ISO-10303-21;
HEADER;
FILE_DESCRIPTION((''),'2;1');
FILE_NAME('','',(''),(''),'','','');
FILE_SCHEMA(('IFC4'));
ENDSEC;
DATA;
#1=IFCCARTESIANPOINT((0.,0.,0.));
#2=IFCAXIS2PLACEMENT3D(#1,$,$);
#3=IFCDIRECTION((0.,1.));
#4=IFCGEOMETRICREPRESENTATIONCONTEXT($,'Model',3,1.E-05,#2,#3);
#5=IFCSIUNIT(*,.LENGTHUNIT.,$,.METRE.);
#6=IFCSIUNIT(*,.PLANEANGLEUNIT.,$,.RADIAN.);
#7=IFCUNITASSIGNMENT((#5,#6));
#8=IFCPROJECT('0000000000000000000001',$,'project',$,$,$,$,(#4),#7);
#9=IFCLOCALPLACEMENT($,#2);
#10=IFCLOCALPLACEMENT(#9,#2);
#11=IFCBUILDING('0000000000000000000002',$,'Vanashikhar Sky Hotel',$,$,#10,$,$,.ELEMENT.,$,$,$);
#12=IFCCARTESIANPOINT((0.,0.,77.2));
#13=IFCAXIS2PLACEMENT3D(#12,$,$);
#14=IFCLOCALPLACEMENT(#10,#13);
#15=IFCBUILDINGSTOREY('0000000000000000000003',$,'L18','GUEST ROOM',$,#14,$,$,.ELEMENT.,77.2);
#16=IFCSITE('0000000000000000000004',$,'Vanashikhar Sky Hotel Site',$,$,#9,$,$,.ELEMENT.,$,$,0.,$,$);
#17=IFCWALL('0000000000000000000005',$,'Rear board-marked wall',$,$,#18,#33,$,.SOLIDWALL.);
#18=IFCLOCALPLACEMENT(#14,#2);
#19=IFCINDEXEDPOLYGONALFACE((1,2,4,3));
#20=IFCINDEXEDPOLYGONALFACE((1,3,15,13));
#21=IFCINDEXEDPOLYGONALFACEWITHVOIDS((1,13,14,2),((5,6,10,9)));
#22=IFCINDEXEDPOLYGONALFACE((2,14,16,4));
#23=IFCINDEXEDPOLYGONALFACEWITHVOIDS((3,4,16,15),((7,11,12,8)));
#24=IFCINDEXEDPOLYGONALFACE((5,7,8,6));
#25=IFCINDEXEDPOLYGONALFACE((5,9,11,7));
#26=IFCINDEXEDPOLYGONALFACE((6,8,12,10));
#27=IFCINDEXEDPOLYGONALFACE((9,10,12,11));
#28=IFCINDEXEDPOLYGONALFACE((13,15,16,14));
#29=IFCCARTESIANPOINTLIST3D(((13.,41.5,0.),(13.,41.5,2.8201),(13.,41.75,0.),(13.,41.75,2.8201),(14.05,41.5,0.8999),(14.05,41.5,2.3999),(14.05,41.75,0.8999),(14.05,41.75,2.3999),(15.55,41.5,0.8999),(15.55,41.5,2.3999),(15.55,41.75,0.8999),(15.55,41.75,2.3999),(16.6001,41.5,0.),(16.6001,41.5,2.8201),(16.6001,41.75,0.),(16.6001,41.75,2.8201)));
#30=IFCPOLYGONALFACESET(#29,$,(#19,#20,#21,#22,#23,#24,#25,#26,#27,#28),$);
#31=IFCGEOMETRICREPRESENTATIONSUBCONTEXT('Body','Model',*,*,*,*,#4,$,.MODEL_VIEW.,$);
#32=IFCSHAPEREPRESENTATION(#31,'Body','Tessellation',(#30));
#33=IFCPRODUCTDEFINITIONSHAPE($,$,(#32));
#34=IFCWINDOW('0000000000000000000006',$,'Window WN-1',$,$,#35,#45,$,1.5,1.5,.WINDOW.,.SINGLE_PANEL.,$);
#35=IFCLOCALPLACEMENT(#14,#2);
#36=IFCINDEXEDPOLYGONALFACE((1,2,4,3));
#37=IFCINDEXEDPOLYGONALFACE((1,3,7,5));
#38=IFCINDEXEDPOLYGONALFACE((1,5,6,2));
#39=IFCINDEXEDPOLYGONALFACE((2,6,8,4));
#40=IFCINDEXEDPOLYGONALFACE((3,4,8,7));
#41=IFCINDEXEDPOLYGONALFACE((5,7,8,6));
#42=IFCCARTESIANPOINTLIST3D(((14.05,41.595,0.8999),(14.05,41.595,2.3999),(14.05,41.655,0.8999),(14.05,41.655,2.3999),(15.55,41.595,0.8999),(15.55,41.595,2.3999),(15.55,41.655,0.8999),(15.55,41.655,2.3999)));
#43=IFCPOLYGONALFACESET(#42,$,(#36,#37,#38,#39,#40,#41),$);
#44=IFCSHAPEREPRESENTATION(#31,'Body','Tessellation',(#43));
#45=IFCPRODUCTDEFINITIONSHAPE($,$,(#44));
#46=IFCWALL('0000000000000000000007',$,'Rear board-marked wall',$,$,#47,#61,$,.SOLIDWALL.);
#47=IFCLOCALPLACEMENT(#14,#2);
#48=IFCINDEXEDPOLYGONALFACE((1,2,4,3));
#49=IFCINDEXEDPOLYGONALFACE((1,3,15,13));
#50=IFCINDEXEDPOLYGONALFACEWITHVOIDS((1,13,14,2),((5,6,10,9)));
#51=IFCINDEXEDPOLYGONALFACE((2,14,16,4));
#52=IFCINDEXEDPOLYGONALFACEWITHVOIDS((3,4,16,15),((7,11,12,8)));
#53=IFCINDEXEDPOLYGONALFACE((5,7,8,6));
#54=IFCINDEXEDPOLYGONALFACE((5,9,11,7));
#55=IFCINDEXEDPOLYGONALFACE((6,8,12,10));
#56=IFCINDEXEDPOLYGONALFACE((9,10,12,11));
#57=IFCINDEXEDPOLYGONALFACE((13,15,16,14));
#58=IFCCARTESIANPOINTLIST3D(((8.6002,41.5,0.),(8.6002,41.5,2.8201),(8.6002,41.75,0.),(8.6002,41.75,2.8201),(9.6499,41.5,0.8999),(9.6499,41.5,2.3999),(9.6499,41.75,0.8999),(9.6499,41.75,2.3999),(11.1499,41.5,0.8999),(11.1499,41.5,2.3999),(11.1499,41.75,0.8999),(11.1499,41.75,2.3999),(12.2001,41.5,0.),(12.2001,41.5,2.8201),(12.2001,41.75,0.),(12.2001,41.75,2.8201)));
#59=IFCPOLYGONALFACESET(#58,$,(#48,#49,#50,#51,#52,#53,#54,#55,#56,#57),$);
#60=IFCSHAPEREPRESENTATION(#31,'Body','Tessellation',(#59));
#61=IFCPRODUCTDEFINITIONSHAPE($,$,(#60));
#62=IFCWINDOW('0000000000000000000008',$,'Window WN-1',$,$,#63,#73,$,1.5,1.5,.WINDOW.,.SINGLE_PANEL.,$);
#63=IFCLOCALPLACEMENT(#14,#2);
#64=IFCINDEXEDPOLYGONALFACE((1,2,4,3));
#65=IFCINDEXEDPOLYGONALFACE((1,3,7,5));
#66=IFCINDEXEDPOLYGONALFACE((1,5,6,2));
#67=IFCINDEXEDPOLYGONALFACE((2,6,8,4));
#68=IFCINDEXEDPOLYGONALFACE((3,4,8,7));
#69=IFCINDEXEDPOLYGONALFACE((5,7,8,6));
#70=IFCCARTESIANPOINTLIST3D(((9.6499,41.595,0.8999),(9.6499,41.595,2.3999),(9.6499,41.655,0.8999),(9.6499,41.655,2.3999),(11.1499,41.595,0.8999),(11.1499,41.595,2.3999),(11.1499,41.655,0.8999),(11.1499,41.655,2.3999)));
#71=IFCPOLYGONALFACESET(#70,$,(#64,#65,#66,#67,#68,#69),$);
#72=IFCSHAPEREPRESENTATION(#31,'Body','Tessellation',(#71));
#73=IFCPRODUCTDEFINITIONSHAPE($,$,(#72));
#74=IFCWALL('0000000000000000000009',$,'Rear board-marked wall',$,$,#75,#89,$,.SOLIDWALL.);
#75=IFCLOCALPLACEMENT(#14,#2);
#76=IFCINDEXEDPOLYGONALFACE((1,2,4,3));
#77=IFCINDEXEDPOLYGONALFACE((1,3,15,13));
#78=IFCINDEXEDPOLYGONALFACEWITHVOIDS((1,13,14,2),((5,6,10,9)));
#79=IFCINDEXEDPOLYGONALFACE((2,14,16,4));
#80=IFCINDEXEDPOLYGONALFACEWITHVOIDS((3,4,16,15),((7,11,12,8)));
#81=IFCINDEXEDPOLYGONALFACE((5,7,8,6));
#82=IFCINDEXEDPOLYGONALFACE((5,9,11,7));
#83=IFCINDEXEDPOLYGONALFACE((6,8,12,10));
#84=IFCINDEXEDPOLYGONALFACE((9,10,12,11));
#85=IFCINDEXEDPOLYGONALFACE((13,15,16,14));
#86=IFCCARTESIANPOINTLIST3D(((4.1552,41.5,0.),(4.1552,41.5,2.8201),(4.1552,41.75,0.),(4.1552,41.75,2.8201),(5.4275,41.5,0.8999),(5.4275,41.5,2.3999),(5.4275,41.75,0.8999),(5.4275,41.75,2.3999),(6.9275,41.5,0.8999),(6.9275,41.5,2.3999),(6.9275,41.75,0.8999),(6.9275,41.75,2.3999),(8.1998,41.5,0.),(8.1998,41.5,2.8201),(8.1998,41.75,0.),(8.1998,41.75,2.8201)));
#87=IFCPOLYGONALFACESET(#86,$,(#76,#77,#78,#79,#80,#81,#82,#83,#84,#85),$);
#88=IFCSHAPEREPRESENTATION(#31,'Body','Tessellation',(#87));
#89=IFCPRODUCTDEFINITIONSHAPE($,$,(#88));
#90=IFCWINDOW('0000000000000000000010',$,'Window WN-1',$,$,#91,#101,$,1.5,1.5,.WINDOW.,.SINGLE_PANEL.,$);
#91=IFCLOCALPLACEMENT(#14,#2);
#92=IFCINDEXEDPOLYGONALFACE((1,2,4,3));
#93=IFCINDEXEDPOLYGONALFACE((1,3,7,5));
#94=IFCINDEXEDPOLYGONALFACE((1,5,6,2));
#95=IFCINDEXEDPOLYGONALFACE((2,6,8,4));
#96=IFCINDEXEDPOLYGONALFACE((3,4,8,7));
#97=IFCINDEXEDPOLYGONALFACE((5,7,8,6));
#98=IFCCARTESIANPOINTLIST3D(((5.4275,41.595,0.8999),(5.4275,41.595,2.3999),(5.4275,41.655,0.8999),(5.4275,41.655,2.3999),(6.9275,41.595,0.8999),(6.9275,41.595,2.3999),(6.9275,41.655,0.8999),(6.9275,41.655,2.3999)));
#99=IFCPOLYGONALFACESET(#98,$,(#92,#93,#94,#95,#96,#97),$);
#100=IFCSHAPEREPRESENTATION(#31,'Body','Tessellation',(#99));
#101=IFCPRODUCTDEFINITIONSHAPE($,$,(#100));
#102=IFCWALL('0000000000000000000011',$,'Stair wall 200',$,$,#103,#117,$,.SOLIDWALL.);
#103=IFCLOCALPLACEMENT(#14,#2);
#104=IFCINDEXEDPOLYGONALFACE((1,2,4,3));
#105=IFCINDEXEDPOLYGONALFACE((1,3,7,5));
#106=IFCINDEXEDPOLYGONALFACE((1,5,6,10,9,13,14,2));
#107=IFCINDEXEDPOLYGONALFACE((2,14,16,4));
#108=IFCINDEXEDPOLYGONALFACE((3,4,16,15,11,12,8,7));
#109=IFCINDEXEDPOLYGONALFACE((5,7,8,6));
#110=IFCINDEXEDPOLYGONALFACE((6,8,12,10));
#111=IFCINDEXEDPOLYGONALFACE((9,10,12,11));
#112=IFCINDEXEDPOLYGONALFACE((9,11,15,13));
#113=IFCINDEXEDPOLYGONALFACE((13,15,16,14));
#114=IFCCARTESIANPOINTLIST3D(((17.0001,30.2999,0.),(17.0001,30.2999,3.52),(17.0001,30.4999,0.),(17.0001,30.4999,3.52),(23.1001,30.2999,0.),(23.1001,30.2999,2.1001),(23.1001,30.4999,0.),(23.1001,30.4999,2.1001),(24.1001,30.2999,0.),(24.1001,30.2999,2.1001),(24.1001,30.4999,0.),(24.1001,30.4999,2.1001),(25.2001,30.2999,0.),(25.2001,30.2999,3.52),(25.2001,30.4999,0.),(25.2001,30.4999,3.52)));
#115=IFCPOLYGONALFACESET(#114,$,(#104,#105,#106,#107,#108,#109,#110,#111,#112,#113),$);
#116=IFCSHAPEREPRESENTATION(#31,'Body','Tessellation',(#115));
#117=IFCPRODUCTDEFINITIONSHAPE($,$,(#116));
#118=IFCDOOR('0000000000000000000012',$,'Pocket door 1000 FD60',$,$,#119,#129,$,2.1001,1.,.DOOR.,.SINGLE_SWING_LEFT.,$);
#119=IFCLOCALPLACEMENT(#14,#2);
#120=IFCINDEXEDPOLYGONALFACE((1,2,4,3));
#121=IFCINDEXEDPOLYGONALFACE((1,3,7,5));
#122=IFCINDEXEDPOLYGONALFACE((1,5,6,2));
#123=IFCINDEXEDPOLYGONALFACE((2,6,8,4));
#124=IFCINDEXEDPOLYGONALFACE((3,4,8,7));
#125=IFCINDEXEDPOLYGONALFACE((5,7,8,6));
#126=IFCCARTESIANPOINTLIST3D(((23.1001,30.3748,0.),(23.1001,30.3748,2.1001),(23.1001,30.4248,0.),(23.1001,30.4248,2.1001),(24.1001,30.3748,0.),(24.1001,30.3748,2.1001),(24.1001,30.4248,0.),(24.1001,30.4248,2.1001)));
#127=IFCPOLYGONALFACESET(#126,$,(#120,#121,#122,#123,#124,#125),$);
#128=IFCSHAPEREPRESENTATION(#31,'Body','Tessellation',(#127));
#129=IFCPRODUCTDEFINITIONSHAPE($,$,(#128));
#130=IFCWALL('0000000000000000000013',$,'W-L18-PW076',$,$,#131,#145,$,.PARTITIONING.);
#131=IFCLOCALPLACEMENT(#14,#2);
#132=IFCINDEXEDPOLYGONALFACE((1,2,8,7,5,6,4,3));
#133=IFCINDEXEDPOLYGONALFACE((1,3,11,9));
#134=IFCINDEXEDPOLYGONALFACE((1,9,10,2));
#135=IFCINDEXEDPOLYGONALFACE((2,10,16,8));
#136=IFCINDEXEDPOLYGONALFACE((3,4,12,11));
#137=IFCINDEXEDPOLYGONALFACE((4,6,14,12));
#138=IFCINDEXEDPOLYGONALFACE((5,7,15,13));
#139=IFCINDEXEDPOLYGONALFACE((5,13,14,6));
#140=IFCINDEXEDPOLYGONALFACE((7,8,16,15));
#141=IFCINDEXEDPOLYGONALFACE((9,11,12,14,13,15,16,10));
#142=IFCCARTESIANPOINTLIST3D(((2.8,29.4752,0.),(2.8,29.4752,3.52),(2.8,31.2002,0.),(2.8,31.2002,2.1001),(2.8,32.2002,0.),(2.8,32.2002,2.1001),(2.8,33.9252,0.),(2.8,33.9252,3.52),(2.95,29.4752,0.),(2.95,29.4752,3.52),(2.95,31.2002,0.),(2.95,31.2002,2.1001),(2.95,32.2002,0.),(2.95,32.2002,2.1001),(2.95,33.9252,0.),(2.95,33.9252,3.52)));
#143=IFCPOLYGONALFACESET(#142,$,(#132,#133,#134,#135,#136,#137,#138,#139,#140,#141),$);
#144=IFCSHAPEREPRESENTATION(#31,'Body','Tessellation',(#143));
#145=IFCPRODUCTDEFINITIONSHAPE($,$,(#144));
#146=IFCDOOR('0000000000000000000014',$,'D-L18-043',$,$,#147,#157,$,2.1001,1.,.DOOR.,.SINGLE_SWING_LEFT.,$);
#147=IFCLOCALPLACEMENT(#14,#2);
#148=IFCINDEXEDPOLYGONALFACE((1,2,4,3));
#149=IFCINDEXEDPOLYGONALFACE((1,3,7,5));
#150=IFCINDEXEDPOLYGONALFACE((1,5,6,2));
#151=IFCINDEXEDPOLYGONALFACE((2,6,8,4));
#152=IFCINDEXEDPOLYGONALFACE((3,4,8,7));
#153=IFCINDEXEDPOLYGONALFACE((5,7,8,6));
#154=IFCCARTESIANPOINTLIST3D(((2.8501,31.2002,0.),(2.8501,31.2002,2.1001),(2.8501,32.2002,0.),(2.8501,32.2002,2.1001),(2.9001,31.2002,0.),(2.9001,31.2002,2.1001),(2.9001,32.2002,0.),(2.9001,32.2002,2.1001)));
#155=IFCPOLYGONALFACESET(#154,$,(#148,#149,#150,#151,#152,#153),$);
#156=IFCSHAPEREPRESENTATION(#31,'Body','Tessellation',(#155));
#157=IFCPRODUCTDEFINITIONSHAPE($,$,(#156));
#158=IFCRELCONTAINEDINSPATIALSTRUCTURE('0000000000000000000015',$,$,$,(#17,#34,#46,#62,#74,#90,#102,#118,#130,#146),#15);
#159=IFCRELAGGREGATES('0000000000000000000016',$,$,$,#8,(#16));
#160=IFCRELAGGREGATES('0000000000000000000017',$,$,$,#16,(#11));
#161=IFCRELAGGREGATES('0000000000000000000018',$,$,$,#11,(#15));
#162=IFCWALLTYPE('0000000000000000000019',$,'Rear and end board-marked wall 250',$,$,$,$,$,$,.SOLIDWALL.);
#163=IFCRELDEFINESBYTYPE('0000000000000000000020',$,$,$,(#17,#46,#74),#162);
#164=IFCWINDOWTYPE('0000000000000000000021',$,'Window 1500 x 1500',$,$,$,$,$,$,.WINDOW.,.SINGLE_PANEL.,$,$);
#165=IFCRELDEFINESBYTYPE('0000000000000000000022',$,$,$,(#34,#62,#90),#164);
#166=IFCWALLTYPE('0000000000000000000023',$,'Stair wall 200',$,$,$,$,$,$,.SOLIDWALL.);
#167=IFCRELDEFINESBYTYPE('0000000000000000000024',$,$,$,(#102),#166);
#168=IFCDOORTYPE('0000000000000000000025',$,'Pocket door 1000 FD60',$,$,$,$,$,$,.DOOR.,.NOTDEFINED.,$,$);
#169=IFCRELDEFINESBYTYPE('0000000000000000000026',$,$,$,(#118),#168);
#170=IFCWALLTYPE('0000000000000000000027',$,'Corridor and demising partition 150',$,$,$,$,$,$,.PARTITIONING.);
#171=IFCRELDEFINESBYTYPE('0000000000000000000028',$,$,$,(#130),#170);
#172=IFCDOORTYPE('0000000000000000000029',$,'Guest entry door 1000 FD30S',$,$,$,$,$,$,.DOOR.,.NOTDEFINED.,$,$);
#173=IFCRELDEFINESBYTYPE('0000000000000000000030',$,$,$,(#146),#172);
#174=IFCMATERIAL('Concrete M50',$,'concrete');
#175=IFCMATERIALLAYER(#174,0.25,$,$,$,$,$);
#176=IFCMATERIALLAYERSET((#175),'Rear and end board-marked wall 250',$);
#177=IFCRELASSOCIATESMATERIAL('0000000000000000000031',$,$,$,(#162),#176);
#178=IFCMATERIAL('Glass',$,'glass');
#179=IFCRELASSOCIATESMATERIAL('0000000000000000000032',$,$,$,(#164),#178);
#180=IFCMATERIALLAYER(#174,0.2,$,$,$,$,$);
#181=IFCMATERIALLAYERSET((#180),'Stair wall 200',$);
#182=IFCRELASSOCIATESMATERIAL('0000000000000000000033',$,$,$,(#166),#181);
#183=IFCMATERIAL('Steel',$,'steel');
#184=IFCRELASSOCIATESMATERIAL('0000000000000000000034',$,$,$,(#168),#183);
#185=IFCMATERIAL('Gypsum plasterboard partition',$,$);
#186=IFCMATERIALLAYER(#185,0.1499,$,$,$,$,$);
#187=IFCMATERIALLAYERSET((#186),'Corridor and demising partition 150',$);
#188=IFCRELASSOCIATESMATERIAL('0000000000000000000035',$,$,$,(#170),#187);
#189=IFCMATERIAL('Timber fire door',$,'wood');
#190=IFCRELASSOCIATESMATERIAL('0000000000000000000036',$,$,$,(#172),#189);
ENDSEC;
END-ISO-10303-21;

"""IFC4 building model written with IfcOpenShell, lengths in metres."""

from ifc_helpers import new_model, si_unit, direction, frame, frame_2d, origin, place, context, subcontext, project, spatial, rectangle, extrude, source, transform, mapped, material, layer, layer_set, type_object, element, fill, save


model = new_model("IFC4")

# Units and contexts
model_context = context("Model", 3, precision=1e-05, world=origin(), true_north=direction((0.0, 1.0)))
body_context = subcontext(model_context, "Body", "Model", "MODEL_VIEW")
ifc_project = project(units=[si_unit("LENGTHUNIT", "METRE"), si_unit("PLANEANGLEUNIT", "RADIAN")], contexts=[model_context])

# Site, building, storey
site_placement = place(None, origin())
site = spatial("IfcSite", under=ifc_project, at=site_placement, Name="Vanashikhar Sky Hotel Site", CompositionType="ELEMENT", RefElevation=0.0)
building_placement = place(site_placement, origin())
building = spatial("IfcBuilding", under=site, at=building_placement, Name="Vanashikhar Sky Hotel", CompositionType="ELEMENT")
storey_placement = place(building_placement, frame((0.0, 0.0, 77.2)))
storey = spatial("IfcBuildingStorey", under=building, at=storey_placement, Name="L18", Description="GUEST ROOM", CompositionType="ELEMENT", Elevation=77.2)

# Shared definitions
ifc_material_1 = material(Name="Concrete M50", Category="concrete")

# Shared definitions
ifc_material_2 = material(Name="Glass", Category="glass")

# Shared definitions
ifc_layer_1 = layer(ifc_material_1, 0.25)
ifc_layer_set_1 = layer_set([ifc_layer_1], Name="Rear and end board-marked wall 250")
wall_type_1 = type_object("IfcWallType", Name="Rear and end board-marked wall 250", PredefinedType="SOLIDWALL", material=ifc_layer_set_1)

# Walls, openings, windows
shared_shape_1 = source(origin(), body_context, "Body", "SweptSolid", [
    extrude(rectangle(XDim=3.6001, YDim=0.25, at=frame_2d((1.8, 0.0))), origin(), (0.0, 0.0, 1.0), 2.8201),
])
wall_1_placement = place(storey_placement, frame((16.6001, 41.625, 0.0), z_axis=(0.0, 0.0, 1.0), x_axis=(-1.0, 0.0, 0.0)))
wall_1 = element("IfcWall", 1, at=wall_1_placement, inside=storey, type_object=wall_type_1, Name="Rear board-marked wall", PredefinedType="SOLIDWALL", context=body_context, shape_type="MappedRepresentation", body=[
    mapped(shared_shape_1, transform((0.0, 0.0, 0.0), scale=1.0)),
])
shared_shape_2 = source(origin(), body_context, "Body", "SweptSolid", [
    extrude(rectangle(XDim=1.5, YDim=1.5, at=frame_2d((0.75, 0.75))), frame((0.0, 0.135, 0.0), z_axis=(0.0, -1.0, 0.0), x_axis=(1.0, 0.0, 0.0)), (0.0, 0.0, 1.0), 0.27),
])
opening_1_placement = place(wall_1_placement, frame((1.05, 0.0, 0.8999)))
opening_1 = element("IfcOpeningElement", 2, at=opening_1_placement, cuts=wall_1, PredefinedType="OPENING", context=body_context, shape_type="MappedRepresentation", body=[
    mapped(shared_shape_2, transform((0.0, 0.0, 0.0), scale=1.0)),
])
window_type_1 = type_object("IfcWindowType", Name="Window 1500 x 1500", PartitioningType="SINGLE_PANEL", PredefinedType="WINDOW", material=ifc_material_2)
shared_shape_3 = source(origin(), body_context, "Body", "SweptSolid", [
    extrude(rectangle(XDim=1.5, YDim=1.5, at=frame_2d((0.75, 0.75))), frame((0.0, 0.03, 0.0), z_axis=(0.0, -1.0, 0.0), x_axis=(1.0, 0.0, 0.0)), (0.0, 0.0, 1.0), 0.0601),
])
window_1_placement = place(opening_1_placement, origin())
window_1 = element("IfcWindow", 3, at=window_1_placement, inside=storey, type_object=window_type_1, Name="Window WN-1", OverallHeight=1.5, OverallWidth=1.5, PartitioningType="SINGLE_PANEL", PredefinedType="WINDOW", context=body_context, shape_type="MappedRepresentation", body=[
    mapped(shared_shape_3, transform((0.0, 0.0, 0.0), scale=1.0)),
])
fill(opening_1, window_1)
shared_shape_4 = source(origin(), body_context, "Body", "SweptSolid", [
    extrude(rectangle(XDim=3.5999, YDim=0.25, at=frame_2d((1.7998, 0.0))), origin(), (0.0, 0.0, 1.0), 2.8201),
])
wall_2_placement = place(storey_placement, frame((12.2, 41.625, 0.0), z_axis=(0.0, 0.0, 1.0), x_axis=(-1.0, 0.0, 0.0)))
wall_2 = element("IfcWall", 4, at=wall_2_placement, inside=storey, type_object=wall_type_1, Name="Rear board-marked wall", PredefinedType="SOLIDWALL", context=body_context, shape_type="MappedRepresentation", body=[
    mapped(shared_shape_4, transform((0.0, 0.0, 0.0), scale=1.0)),
])
opening_2_placement = place(wall_2_placement, frame((1.05, 0.0, 0.8999)))
opening_2 = element("IfcOpeningElement", 5, at=opening_2_placement, cuts=wall_2, PredefinedType="OPENING", context=body_context, shape_type="MappedRepresentation", body=[
    mapped(shared_shape_2, transform((0.0, 0.0, 0.0), scale=1.0)),
])
window_2_placement = place(opening_2_placement, origin())
window_2 = element("IfcWindow", 6, at=window_2_placement, inside=storey, type_object=window_type_1, Name="Window WN-1", OverallHeight=1.5, OverallWidth=1.5, PartitioningType="SINGLE_PANEL", PredefinedType="WINDOW", context=body_context, shape_type="MappedRepresentation", body=[
    mapped(shared_shape_3, transform((0.0, 0.0, 0.0), scale=1.0)),
])
fill(opening_2, window_2)
shared_shape_5 = source(origin(), body_context, "Body", "SweptSolid", [
    extrude(rectangle(XDim=4.0447, YDim=0.25, at=frame_2d((2.0225, 0.0))), origin(), (0.0, 0.0, 1.0), 2.8201),
])
wall_3_placement = place(storey_placement, frame((8.2, 41.625, 0.0), z_axis=(0.0, 0.0, 1.0), x_axis=(-1.0, 0.0, 0.0)))
wall_3 = element("IfcWall", 7, at=wall_3_placement, inside=storey, type_object=wall_type_1, Name="Rear board-marked wall", PredefinedType="SOLIDWALL", context=body_context, shape_type="MappedRepresentation", body=[
    mapped(shared_shape_5, transform((0.0, 0.0, 0.0), scale=1.0)),
])
opening_3_placement = place(wall_3_placement, frame((1.2725, 0.0, 0.8999)))
opening_3 = element("IfcOpeningElement", 8, at=opening_3_placement, cuts=wall_3, PredefinedType="OPENING", context=body_context, shape_type="MappedRepresentation", body=[
    mapped(shared_shape_2, transform((0.0, 0.0, 0.0), scale=1.0)),
])
window_3_placement = place(opening_3_placement, origin())
window_3 = element("IfcWindow", 9, at=window_3_placement, inside=storey, type_object=window_type_1, Name="Window WN-1", OverallHeight=1.5, OverallWidth=1.5, PartitioningType="SINGLE_PANEL", PredefinedType="WINDOW", context=body_context, shape_type="MappedRepresentation", body=[
    mapped(shared_shape_3, transform((0.0, 0.0, 0.0), scale=1.0)),
])
fill(opening_3, window_3)

# Walls, openings, doors
ifc_layer_2 = layer(ifc_material_1, 0.2)
ifc_layer_set_2 = layer_set([ifc_layer_2], Name="Stair wall 200")
wall_type_2 = type_object("IfcWallType", Name="Stair wall 200", PredefinedType="SOLIDWALL", material=ifc_layer_set_2)
shared_shape_6 = source(origin(), body_context, "Body", "SweptSolid", [
    extrude(rectangle(XDim=8.2, YDim=0.2, at=frame_2d((4.1001, 0.0))), origin(), (0.0, 0.0, 1.0), 3.52),
])
wall_4_placement = place(storey_placement, frame((17.0, 30.3999, 0.0), z_axis=(0.0, 0.0, 1.0), x_axis=(1.0, 0.0, 0.0)))
wall_4 = element("IfcWall", 10, at=wall_4_placement, inside=storey, type_object=wall_type_2, Name="Stair wall 200", PredefinedType="SOLIDWALL", context=body_context, shape_type="MappedRepresentation", body=[
    mapped(shared_shape_6, transform((0.0, 0.0, 0.0), scale=1.0)),
])
shared_shape_7 = source(origin(), body_context, "Body", "SweptSolid", [
    extrude(rectangle(XDim=1.0, YDim=2.1001, at=frame_2d((0.5, 1.05))), frame((0.0, 0.1099, 0.0), z_axis=(0.0, -1.0, 0.0), x_axis=(1.0, 0.0, 0.0)), (0.0, 0.0, 1.0), 0.22),
])
opening_4_placement = place(wall_4_placement, frame((6.1001, 0.0, 0.0)))
opening_4 = element("IfcOpeningElement", 11, at=opening_4_placement, cuts=wall_4, PredefinedType="OPENING", context=body_context, shape_type="MappedRepresentation", body=[
    mapped(shared_shape_7, transform((0.0, 0.0, 0.0), scale=1.0)),
])
ifc_material_3 = material(Name="Steel", Category="steel")
door_type_1 = type_object("IfcDoorType", Name="Pocket door 1000 FD60", OperationType="NOTDEFINED", PredefinedType="DOOR", material=ifc_material_3)
shared_shape_8 = source(origin(), body_context, "Body", "SweptSolid", [
    extrude(rectangle(XDim=1.0, YDim=2.1001, at=frame_2d((0.5, 1.05))), frame((0.0, 0.0249, 0.0), z_axis=(0.0, -1.0, 0.0), x_axis=(1.0, 0.0, 0.0)), (0.0, 0.0, 1.0), 0.05),
])
door_1_placement = place(opening_4_placement, origin())
door_1 = element("IfcDoor", 12, at=door_1_placement, inside=storey, type_object=door_type_1, Name="Pocket door 1000 FD60", OperationType="SINGLE_SWING_LEFT", OverallHeight=2.1001, OverallWidth=1.0, PredefinedType="DOOR", context=body_context, shape_type="MappedRepresentation", body=[
    mapped(shared_shape_8, transform((0.0, 0.0, 0.0), scale=1.0)),
])
fill(opening_4, door_1)
ifc_material_4 = material(Name="Gypsum plasterboard partition")
ifc_layer_3 = layer(ifc_material_4, 0.1499)
ifc_layer_set_3 = layer_set([ifc_layer_3], Name="Corridor and demising partition 150")
wall_type_3 = type_object("IfcWallType", Name="Corridor and demising partition 150", PredefinedType="PARTITIONING", material=ifc_layer_set_3)
shared_shape_9 = source(origin(), body_context, "Body", "SweptSolid", [
    extrude(rectangle(XDim=4.45, YDim=0.1499, at=frame_2d((2.2251, 0.0))), origin(), (0.0, 0.0, 1.0), 3.52),
])
wall_5_placement = place(storey_placement, frame((2.875, 29.4751, 0.0), z_axis=(0.0, 0.0, 1.0), x_axis=(0.0, 1.0, 0.0)))
wall_5 = element("IfcWall", 13, at=wall_5_placement, inside=storey, type_object=wall_type_3, Name="W-L18-PW076", PredefinedType="PARTITIONING", context=body_context, shape_type="MappedRepresentation", body=[
    mapped(shared_shape_9, transform((0.0, 0.0, 0.0), scale=1.0)),
])
shared_shape_10 = source(origin(), body_context, "Body", "SweptSolid", [
    extrude(rectangle(XDim=1.0, YDim=2.1001, at=frame_2d((0.5, 1.05))), frame((0.0, 0.085, 0.0), z_axis=(0.0, -1.0, 0.0), x_axis=(1.0, 0.0, 0.0)), (0.0, 0.0, 1.0), 0.1699),
])
opening_5_placement = place(wall_5_placement, frame((1.7251, 0.0, 0.0)))
opening_5 = element("IfcOpeningElement", 14, at=opening_5_placement, cuts=wall_5, PredefinedType="OPENING", context=body_context, shape_type="MappedRepresentation", body=[
    mapped(shared_shape_10, transform((0.0, 0.0, 0.0), scale=1.0)),
])
ifc_material_5 = material(Name="Timber fire door", Category="wood")
door_type_2 = type_object("IfcDoorType", Name="Guest entry door 1000 FD30S", OperationType="NOTDEFINED", PredefinedType="DOOR", material=ifc_material_5)
door_2_placement = place(opening_5_placement, origin())
door_2 = element("IfcDoor", 15, at=door_2_placement, inside=storey, type_object=door_type_2, Name="D-L18-043", OperationType="SINGLE_SWING_LEFT", OverallHeight=2.1001, OverallWidth=1.0, PredefinedType="DOOR", context=body_context, shape_type="MappedRepresentation", body=[
    mapped(shared_shape_8, transform((0.0, 0.0, 0.0), scale=1.0)),
])
fill(opening_5, door_2)

save(model, "model.ifc")
